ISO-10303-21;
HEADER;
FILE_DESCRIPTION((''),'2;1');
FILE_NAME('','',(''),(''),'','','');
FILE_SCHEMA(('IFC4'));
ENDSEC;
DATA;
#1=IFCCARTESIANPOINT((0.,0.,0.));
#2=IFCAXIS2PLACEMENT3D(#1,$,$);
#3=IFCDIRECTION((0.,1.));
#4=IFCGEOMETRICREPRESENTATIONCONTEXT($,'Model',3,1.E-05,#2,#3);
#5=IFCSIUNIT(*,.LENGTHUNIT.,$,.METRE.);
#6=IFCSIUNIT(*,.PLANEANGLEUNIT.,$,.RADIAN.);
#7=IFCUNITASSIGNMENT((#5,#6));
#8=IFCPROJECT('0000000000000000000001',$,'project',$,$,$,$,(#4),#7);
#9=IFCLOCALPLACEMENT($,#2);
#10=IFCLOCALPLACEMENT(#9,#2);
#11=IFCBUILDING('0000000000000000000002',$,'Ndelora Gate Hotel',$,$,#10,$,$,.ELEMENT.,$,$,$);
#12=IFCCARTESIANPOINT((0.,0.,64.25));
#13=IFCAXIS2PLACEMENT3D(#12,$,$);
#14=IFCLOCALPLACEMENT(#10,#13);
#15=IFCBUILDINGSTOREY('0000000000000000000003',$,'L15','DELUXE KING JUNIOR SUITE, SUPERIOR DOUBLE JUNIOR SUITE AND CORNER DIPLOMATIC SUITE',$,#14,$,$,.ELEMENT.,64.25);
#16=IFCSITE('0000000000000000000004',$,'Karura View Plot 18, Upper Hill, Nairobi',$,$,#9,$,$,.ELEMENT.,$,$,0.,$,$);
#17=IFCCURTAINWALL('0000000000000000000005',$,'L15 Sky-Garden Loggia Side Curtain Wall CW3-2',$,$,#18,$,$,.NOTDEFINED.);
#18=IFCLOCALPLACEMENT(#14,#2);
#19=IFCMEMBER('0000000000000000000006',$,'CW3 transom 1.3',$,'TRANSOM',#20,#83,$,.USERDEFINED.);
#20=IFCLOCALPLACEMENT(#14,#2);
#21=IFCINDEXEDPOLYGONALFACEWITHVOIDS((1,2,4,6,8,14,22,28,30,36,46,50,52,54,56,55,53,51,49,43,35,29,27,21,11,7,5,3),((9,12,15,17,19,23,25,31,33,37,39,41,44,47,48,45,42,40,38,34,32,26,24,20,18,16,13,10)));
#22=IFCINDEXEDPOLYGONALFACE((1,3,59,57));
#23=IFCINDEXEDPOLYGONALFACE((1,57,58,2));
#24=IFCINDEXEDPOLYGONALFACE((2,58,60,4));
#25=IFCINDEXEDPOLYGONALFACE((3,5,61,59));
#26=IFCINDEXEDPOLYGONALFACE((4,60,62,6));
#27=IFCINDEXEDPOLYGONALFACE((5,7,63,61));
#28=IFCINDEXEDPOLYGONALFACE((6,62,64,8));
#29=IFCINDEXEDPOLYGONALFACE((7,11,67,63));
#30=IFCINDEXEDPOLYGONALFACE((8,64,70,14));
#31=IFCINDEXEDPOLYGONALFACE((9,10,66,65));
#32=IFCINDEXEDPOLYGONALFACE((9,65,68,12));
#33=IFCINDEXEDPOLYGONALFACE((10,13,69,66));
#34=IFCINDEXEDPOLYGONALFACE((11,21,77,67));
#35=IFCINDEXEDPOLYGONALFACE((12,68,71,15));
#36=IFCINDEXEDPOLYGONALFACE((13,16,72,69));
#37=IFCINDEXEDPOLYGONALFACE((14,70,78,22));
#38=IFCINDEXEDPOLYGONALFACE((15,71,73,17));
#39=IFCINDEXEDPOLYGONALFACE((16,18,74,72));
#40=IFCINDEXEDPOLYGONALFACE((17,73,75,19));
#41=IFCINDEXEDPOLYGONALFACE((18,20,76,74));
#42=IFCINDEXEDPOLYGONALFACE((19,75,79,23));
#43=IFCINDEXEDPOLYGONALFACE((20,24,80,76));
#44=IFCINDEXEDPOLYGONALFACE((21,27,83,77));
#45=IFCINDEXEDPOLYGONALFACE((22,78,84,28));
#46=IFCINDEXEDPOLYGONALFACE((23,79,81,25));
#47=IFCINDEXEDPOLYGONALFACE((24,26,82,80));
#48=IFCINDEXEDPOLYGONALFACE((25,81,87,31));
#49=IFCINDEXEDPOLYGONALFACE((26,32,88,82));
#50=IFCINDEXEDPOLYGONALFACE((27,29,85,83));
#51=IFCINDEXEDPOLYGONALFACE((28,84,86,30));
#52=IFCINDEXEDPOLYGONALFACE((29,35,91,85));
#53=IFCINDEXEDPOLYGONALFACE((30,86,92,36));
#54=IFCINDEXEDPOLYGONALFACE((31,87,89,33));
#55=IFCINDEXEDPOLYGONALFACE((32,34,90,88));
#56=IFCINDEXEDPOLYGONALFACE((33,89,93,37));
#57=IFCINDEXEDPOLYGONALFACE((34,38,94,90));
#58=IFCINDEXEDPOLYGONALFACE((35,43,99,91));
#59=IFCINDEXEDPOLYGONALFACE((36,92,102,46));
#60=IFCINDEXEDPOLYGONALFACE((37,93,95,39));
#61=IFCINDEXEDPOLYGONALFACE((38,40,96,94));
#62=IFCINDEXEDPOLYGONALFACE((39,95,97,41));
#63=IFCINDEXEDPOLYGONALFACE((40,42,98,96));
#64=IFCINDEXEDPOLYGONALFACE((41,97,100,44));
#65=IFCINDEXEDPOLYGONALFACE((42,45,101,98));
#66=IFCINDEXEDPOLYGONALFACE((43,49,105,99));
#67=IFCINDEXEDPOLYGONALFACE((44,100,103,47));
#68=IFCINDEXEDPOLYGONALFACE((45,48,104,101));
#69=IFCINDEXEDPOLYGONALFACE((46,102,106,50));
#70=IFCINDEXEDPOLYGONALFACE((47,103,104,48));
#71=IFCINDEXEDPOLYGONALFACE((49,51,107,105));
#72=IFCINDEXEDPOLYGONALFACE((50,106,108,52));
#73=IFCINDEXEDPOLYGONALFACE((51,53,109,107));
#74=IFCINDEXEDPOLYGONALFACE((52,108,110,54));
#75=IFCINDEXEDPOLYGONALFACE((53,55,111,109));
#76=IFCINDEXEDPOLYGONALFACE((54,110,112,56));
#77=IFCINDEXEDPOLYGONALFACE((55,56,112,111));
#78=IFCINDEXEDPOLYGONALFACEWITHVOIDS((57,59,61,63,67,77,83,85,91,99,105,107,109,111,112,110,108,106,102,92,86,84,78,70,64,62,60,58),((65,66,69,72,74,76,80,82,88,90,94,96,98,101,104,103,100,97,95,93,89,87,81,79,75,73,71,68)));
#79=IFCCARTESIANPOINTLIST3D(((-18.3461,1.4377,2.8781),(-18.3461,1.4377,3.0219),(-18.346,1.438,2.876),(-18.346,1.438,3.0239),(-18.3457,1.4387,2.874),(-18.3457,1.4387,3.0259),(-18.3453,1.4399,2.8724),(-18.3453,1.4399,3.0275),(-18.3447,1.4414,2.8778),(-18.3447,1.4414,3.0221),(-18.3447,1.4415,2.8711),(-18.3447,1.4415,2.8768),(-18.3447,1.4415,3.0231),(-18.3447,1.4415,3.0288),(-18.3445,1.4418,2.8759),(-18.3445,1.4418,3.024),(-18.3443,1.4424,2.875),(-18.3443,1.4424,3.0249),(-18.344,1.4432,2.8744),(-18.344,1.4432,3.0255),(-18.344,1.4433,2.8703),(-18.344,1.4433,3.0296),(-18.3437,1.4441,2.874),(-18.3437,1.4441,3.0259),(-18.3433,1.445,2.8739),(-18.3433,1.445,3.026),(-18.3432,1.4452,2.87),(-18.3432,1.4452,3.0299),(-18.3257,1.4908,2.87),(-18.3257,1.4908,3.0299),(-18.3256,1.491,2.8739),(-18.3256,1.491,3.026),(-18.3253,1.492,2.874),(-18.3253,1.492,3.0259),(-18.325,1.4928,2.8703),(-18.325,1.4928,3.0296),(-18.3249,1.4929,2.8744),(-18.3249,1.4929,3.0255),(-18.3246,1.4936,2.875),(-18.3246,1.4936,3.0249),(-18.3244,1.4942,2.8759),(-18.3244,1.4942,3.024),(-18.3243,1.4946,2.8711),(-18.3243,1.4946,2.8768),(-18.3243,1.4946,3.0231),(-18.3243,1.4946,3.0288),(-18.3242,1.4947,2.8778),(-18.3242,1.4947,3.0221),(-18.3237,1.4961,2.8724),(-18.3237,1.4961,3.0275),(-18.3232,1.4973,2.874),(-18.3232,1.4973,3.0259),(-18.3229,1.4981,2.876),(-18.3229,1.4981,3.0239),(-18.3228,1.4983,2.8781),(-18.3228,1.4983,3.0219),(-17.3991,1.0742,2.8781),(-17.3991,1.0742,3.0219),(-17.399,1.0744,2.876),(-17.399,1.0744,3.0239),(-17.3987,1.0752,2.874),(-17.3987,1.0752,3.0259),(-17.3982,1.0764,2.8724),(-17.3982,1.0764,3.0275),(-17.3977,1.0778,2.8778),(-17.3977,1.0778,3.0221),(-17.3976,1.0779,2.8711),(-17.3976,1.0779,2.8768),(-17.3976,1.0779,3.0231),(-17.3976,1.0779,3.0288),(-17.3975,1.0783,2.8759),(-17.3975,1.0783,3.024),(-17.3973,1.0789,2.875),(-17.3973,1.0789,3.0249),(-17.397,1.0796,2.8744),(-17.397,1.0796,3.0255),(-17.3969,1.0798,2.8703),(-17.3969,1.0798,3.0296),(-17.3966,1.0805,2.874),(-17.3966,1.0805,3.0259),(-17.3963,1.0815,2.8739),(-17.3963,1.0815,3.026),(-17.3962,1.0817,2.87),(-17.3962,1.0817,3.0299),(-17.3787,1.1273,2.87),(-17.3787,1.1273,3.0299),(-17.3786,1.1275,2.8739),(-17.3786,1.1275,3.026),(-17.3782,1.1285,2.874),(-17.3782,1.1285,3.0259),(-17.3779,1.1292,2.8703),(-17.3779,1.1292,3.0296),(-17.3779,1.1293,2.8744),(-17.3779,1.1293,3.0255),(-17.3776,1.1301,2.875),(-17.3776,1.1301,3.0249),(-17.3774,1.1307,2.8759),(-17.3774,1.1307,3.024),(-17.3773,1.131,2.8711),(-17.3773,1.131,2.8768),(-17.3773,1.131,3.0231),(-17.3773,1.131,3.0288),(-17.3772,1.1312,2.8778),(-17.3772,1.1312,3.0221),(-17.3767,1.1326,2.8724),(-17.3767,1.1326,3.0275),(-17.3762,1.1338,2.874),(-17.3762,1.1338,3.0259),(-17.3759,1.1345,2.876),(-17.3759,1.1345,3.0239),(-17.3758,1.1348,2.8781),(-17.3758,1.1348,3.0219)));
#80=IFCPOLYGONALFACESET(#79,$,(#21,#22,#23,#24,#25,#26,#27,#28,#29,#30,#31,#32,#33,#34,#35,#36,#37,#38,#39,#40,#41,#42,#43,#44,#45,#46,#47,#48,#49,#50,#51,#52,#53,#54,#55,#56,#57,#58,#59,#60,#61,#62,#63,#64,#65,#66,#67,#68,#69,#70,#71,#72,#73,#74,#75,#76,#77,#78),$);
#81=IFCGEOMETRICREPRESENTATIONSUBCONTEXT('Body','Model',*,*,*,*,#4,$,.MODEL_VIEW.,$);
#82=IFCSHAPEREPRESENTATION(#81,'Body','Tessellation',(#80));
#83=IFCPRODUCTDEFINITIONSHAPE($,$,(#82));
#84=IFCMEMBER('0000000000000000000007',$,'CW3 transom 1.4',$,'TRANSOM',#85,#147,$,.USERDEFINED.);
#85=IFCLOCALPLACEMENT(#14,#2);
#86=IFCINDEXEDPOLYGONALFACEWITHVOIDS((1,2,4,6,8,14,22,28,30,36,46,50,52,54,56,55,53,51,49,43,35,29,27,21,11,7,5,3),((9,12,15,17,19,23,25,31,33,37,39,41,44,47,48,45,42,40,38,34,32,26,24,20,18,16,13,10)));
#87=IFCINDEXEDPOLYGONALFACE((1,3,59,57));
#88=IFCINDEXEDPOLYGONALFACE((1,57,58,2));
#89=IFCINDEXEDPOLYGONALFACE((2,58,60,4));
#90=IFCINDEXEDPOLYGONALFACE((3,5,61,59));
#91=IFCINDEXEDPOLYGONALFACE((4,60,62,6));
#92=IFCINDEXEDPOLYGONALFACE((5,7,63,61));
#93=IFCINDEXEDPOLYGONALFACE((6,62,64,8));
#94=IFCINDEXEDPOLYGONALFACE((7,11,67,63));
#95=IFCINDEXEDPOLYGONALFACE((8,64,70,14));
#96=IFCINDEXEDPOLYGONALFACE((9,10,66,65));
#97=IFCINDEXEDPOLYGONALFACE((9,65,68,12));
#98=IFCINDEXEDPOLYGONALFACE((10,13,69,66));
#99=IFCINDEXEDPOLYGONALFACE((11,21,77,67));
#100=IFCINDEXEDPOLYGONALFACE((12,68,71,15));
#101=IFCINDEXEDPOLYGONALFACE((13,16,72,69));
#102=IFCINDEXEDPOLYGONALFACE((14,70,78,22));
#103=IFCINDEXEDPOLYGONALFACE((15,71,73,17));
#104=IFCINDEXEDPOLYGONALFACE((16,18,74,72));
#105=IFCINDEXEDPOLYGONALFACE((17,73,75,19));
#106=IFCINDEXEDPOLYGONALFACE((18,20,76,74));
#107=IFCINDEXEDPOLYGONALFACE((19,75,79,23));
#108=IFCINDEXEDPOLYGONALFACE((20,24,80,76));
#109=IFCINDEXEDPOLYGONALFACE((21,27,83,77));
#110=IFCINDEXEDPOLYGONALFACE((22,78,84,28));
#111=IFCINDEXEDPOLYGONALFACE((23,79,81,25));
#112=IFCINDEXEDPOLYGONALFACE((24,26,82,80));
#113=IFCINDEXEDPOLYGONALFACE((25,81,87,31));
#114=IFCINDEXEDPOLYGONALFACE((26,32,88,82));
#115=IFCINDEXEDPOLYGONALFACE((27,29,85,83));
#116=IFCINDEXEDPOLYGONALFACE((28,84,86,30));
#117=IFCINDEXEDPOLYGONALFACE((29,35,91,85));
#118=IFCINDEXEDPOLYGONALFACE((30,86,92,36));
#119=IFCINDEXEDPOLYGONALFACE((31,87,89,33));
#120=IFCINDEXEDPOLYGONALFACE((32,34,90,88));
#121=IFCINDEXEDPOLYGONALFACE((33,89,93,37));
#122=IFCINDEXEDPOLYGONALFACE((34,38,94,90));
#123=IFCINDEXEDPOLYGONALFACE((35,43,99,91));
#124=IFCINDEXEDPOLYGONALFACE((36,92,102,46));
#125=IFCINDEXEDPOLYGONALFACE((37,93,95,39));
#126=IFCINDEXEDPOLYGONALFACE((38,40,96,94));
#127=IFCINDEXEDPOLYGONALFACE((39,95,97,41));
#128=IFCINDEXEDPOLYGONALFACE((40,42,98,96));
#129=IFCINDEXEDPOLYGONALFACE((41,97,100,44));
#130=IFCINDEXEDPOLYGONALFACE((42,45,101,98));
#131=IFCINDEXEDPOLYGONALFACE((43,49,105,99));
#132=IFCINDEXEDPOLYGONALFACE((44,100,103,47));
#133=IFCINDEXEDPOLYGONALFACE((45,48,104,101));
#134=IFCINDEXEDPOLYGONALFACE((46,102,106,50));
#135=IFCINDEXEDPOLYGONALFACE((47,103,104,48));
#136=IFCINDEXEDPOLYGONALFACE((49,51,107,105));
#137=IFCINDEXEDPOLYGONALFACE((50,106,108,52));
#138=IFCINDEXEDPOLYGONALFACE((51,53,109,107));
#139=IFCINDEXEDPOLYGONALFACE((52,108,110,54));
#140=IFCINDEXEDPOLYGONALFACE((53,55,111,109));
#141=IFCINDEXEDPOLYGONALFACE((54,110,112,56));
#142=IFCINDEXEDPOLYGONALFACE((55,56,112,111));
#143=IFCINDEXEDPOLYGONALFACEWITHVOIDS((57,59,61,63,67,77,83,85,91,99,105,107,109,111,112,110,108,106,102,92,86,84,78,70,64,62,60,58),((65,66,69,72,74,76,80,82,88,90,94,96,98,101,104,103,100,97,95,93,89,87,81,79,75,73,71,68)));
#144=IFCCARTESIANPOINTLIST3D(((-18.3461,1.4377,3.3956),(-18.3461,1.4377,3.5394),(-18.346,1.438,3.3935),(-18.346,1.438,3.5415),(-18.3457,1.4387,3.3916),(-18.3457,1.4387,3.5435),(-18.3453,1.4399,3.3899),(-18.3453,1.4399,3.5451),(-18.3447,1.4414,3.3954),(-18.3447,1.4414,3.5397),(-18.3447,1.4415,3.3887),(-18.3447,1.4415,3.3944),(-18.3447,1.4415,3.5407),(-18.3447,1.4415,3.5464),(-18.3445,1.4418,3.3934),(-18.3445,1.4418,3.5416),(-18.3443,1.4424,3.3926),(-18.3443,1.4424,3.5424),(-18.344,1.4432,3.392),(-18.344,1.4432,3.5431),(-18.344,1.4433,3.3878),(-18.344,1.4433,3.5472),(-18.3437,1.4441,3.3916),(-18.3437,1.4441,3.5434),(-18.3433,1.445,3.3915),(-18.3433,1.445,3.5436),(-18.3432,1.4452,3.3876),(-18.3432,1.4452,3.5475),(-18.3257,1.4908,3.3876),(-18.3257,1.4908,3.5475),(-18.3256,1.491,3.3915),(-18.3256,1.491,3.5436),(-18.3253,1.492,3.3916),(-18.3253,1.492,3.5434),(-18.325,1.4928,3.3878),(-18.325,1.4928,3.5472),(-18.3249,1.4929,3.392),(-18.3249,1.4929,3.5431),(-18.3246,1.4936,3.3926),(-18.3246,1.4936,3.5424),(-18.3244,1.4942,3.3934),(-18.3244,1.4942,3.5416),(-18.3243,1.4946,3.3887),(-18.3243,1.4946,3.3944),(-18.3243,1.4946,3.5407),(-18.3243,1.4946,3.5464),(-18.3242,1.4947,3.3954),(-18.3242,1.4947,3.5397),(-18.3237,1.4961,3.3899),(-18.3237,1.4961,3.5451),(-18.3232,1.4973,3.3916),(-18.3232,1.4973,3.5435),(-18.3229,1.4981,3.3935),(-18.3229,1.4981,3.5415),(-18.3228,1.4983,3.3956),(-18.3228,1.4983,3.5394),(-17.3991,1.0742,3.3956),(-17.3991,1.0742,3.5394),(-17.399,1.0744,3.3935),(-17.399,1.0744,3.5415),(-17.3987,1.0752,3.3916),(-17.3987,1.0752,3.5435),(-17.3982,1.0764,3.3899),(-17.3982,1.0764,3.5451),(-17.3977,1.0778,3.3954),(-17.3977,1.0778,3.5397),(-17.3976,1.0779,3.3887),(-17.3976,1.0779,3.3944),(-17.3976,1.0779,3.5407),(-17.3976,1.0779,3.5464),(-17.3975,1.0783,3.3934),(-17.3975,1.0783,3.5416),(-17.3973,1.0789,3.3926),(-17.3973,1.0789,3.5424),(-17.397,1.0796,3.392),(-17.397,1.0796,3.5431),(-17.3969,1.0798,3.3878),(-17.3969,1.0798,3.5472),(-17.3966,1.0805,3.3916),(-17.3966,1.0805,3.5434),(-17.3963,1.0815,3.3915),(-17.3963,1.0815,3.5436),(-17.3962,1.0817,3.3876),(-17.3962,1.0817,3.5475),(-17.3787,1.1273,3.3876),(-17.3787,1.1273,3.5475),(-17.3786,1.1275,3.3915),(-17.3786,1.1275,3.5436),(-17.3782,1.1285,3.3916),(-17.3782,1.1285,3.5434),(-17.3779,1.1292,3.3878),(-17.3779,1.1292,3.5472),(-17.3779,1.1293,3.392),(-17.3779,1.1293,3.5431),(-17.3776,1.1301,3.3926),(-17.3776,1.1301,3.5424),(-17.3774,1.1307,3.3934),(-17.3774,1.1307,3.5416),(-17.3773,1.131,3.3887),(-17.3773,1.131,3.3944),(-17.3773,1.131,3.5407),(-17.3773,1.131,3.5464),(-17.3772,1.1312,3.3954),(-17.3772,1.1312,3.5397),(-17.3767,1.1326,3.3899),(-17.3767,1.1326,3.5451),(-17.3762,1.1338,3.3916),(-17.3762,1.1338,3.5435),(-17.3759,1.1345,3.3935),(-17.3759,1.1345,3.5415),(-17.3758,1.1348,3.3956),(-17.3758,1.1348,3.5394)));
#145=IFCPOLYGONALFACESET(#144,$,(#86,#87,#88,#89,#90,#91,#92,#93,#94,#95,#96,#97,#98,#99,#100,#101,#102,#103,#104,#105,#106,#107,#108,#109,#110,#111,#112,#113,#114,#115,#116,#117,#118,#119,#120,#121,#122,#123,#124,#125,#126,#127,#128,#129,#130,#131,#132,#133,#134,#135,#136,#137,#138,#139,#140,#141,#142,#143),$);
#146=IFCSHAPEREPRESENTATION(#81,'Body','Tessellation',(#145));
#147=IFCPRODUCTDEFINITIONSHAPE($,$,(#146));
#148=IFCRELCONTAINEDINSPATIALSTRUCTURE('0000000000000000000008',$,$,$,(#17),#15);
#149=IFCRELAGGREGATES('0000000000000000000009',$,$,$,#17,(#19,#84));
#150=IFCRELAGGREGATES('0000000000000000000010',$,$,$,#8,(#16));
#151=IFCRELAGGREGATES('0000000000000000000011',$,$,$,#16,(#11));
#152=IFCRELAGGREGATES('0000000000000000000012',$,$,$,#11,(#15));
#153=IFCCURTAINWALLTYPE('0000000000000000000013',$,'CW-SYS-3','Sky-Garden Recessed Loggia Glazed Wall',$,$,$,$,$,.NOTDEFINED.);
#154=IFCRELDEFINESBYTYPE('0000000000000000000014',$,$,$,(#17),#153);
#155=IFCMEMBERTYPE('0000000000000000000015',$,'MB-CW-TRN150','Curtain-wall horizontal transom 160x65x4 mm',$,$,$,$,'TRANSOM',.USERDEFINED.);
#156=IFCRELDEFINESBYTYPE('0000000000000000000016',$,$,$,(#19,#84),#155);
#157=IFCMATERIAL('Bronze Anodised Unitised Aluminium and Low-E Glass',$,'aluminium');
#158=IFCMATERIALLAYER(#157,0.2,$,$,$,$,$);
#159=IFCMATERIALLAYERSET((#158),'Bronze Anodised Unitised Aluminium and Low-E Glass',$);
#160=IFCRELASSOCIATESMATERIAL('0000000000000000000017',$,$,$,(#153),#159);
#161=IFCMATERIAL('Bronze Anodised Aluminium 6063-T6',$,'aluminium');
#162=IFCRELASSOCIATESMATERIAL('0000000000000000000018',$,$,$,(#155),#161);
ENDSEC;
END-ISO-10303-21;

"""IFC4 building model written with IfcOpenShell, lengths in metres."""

from ifc_helpers import new_model, si_unit, direction, frame, origin, origin_2d, place, context, subcontext, project, spatial, hollow_rectangle, extrude, material, layer, layer_set, material_profile, profile_set, type_object, element, aggregate, save


model = new_model("IFC4")

# Units and contexts
model_context = context("Model", 3, precision=1e-05, world=origin(), true_north=direction((0.0, 1.0)))
body_context = subcontext(model_context, "Body", "Model", "MODEL_VIEW")
ifc_project = project(units=[si_unit("LENGTHUNIT", "METRE"), si_unit("PLANEANGLEUNIT", "RADIAN")], contexts=[model_context])

# Site, building, storey
site_placement = place(None, origin())
site = spatial("IfcSite", under=ifc_project, at=site_placement, Name="Karura View Plot 18, Upper Hill, Nairobi", CompositionType="ELEMENT", RefElevation=0.0)
building_placement = place(site_placement, origin())
building = spatial("IfcBuilding", under=site, at=building_placement, Name="Ndelora Gate Hotel", CompositionType="ELEMENT")
storey_placement = place(building_placement, frame((0.0, 0.0, 64.25)))
storey = spatial("IfcBuildingStorey", under=building, at=storey_placement, Name="L15", Description="DELUXE KING JUNIOR SUITE, SUPERIOR DOUBLE JUNIOR SUITE AND CORNER DIPLOMATIC SUITE", CompositionType="ELEMENT", Elevation=64.25)

# Curtain wall, members
ifc_material_1 = material(Name="Bronze Anodised Unitised Aluminium and Low-E Glass", Category="aluminium")
ifc_layer_1 = layer(ifc_material_1, 0.2)
ifc_layer_set_1 = layer_set([ifc_layer_1], Name="Bronze Anodised Unitised Aluminium and Low-E Glass")
curtain_wall_type = type_object("IfcCurtainWallType", Name="CW-SYS-3", Description="Sky-Garden Recessed Loggia Glazed Wall", PredefinedType="NOTDEFINED", material=ifc_layer_set_1)
curtain_wall_placement = place(storey_placement, origin())
curtain_wall = element("IfcCurtainWall", 1, at=curtain_wall_placement, inside=storey, type_object=curtain_wall_type, Name="L15 Sky-Garden Loggia Side Curtain Wall CW3-2", PredefinedType="NOTDEFINED")
ifc_material_2 = material(Name="Bronze Anodised Aluminium 6063-T6", Category="aluminium")
ifc_material_profile_1 = material_profile(ifc_material_2, hollow_rectangle(XDim=0.0649, YDim=0.1599, WallThickness=0.0039, InnerFilletRadius=0.0039, OuterFilletRadius=0.0081, at=origin_2d()), Name="ALU 160x65x4")
ifc_profile_set_1 = profile_set([ifc_material_profile_1], Name="Bronze Anodised Aluminium 6063-T6")
member_type_1 = type_object("IfcMemberType", Name="MB-CW-TRN150", Description="Curtain-wall horizontal transom 160x65x4 mm", ElementType="TRANSOM", PredefinedType="USERDEFINED", material=ifc_profile_set_1)
member_1_placement = place(storey_placement, frame((-18.3345, 1.468, 2.95), z_axis=(0.933581, -0.358366, 0.0), x_axis=(0.358366, 0.933581, 0.0)))
member_1 = element("IfcMember", 2, at=member_1_placement, type_object=member_type_1, Name="CW3 transom 1.3", ObjectType="TRANSOM", PredefinedType="USERDEFINED", context=body_context, shape_type="SweptSolid", body=[
    extrude(hollow_rectangle(XDim=0.0649, YDim=0.1599, WallThickness=0.0039, InnerFilletRadius=0.0039, OuterFilletRadius=0.0081, at=origin_2d()), origin(), (0.0, 0.0, 1.0), 1.0144),
])
member_2_placement = place(storey_placement, frame((-18.3345, 1.468, 3.4675), z_axis=(0.933581, -0.358366, 0.0), x_axis=(0.358366, 0.933581, 0.0)))
member_2 = element("IfcMember", 3, at=member_2_placement, type_object=member_type_1, Name="CW3 transom 1.4", ObjectType="TRANSOM", PredefinedType="USERDEFINED", context=body_context, shape_type="SweptSolid", body=[
    extrude(hollow_rectangle(XDim=0.0649, YDim=0.1599, WallThickness=0.0039, InnerFilletRadius=0.0039, OuterFilletRadius=0.0081, at=origin_2d()), origin(), (0.0, 0.0, 1.0), 1.0144),
])
aggregate(curtain_wall, [member_1, member_2])

save(model, "model.ifc")
